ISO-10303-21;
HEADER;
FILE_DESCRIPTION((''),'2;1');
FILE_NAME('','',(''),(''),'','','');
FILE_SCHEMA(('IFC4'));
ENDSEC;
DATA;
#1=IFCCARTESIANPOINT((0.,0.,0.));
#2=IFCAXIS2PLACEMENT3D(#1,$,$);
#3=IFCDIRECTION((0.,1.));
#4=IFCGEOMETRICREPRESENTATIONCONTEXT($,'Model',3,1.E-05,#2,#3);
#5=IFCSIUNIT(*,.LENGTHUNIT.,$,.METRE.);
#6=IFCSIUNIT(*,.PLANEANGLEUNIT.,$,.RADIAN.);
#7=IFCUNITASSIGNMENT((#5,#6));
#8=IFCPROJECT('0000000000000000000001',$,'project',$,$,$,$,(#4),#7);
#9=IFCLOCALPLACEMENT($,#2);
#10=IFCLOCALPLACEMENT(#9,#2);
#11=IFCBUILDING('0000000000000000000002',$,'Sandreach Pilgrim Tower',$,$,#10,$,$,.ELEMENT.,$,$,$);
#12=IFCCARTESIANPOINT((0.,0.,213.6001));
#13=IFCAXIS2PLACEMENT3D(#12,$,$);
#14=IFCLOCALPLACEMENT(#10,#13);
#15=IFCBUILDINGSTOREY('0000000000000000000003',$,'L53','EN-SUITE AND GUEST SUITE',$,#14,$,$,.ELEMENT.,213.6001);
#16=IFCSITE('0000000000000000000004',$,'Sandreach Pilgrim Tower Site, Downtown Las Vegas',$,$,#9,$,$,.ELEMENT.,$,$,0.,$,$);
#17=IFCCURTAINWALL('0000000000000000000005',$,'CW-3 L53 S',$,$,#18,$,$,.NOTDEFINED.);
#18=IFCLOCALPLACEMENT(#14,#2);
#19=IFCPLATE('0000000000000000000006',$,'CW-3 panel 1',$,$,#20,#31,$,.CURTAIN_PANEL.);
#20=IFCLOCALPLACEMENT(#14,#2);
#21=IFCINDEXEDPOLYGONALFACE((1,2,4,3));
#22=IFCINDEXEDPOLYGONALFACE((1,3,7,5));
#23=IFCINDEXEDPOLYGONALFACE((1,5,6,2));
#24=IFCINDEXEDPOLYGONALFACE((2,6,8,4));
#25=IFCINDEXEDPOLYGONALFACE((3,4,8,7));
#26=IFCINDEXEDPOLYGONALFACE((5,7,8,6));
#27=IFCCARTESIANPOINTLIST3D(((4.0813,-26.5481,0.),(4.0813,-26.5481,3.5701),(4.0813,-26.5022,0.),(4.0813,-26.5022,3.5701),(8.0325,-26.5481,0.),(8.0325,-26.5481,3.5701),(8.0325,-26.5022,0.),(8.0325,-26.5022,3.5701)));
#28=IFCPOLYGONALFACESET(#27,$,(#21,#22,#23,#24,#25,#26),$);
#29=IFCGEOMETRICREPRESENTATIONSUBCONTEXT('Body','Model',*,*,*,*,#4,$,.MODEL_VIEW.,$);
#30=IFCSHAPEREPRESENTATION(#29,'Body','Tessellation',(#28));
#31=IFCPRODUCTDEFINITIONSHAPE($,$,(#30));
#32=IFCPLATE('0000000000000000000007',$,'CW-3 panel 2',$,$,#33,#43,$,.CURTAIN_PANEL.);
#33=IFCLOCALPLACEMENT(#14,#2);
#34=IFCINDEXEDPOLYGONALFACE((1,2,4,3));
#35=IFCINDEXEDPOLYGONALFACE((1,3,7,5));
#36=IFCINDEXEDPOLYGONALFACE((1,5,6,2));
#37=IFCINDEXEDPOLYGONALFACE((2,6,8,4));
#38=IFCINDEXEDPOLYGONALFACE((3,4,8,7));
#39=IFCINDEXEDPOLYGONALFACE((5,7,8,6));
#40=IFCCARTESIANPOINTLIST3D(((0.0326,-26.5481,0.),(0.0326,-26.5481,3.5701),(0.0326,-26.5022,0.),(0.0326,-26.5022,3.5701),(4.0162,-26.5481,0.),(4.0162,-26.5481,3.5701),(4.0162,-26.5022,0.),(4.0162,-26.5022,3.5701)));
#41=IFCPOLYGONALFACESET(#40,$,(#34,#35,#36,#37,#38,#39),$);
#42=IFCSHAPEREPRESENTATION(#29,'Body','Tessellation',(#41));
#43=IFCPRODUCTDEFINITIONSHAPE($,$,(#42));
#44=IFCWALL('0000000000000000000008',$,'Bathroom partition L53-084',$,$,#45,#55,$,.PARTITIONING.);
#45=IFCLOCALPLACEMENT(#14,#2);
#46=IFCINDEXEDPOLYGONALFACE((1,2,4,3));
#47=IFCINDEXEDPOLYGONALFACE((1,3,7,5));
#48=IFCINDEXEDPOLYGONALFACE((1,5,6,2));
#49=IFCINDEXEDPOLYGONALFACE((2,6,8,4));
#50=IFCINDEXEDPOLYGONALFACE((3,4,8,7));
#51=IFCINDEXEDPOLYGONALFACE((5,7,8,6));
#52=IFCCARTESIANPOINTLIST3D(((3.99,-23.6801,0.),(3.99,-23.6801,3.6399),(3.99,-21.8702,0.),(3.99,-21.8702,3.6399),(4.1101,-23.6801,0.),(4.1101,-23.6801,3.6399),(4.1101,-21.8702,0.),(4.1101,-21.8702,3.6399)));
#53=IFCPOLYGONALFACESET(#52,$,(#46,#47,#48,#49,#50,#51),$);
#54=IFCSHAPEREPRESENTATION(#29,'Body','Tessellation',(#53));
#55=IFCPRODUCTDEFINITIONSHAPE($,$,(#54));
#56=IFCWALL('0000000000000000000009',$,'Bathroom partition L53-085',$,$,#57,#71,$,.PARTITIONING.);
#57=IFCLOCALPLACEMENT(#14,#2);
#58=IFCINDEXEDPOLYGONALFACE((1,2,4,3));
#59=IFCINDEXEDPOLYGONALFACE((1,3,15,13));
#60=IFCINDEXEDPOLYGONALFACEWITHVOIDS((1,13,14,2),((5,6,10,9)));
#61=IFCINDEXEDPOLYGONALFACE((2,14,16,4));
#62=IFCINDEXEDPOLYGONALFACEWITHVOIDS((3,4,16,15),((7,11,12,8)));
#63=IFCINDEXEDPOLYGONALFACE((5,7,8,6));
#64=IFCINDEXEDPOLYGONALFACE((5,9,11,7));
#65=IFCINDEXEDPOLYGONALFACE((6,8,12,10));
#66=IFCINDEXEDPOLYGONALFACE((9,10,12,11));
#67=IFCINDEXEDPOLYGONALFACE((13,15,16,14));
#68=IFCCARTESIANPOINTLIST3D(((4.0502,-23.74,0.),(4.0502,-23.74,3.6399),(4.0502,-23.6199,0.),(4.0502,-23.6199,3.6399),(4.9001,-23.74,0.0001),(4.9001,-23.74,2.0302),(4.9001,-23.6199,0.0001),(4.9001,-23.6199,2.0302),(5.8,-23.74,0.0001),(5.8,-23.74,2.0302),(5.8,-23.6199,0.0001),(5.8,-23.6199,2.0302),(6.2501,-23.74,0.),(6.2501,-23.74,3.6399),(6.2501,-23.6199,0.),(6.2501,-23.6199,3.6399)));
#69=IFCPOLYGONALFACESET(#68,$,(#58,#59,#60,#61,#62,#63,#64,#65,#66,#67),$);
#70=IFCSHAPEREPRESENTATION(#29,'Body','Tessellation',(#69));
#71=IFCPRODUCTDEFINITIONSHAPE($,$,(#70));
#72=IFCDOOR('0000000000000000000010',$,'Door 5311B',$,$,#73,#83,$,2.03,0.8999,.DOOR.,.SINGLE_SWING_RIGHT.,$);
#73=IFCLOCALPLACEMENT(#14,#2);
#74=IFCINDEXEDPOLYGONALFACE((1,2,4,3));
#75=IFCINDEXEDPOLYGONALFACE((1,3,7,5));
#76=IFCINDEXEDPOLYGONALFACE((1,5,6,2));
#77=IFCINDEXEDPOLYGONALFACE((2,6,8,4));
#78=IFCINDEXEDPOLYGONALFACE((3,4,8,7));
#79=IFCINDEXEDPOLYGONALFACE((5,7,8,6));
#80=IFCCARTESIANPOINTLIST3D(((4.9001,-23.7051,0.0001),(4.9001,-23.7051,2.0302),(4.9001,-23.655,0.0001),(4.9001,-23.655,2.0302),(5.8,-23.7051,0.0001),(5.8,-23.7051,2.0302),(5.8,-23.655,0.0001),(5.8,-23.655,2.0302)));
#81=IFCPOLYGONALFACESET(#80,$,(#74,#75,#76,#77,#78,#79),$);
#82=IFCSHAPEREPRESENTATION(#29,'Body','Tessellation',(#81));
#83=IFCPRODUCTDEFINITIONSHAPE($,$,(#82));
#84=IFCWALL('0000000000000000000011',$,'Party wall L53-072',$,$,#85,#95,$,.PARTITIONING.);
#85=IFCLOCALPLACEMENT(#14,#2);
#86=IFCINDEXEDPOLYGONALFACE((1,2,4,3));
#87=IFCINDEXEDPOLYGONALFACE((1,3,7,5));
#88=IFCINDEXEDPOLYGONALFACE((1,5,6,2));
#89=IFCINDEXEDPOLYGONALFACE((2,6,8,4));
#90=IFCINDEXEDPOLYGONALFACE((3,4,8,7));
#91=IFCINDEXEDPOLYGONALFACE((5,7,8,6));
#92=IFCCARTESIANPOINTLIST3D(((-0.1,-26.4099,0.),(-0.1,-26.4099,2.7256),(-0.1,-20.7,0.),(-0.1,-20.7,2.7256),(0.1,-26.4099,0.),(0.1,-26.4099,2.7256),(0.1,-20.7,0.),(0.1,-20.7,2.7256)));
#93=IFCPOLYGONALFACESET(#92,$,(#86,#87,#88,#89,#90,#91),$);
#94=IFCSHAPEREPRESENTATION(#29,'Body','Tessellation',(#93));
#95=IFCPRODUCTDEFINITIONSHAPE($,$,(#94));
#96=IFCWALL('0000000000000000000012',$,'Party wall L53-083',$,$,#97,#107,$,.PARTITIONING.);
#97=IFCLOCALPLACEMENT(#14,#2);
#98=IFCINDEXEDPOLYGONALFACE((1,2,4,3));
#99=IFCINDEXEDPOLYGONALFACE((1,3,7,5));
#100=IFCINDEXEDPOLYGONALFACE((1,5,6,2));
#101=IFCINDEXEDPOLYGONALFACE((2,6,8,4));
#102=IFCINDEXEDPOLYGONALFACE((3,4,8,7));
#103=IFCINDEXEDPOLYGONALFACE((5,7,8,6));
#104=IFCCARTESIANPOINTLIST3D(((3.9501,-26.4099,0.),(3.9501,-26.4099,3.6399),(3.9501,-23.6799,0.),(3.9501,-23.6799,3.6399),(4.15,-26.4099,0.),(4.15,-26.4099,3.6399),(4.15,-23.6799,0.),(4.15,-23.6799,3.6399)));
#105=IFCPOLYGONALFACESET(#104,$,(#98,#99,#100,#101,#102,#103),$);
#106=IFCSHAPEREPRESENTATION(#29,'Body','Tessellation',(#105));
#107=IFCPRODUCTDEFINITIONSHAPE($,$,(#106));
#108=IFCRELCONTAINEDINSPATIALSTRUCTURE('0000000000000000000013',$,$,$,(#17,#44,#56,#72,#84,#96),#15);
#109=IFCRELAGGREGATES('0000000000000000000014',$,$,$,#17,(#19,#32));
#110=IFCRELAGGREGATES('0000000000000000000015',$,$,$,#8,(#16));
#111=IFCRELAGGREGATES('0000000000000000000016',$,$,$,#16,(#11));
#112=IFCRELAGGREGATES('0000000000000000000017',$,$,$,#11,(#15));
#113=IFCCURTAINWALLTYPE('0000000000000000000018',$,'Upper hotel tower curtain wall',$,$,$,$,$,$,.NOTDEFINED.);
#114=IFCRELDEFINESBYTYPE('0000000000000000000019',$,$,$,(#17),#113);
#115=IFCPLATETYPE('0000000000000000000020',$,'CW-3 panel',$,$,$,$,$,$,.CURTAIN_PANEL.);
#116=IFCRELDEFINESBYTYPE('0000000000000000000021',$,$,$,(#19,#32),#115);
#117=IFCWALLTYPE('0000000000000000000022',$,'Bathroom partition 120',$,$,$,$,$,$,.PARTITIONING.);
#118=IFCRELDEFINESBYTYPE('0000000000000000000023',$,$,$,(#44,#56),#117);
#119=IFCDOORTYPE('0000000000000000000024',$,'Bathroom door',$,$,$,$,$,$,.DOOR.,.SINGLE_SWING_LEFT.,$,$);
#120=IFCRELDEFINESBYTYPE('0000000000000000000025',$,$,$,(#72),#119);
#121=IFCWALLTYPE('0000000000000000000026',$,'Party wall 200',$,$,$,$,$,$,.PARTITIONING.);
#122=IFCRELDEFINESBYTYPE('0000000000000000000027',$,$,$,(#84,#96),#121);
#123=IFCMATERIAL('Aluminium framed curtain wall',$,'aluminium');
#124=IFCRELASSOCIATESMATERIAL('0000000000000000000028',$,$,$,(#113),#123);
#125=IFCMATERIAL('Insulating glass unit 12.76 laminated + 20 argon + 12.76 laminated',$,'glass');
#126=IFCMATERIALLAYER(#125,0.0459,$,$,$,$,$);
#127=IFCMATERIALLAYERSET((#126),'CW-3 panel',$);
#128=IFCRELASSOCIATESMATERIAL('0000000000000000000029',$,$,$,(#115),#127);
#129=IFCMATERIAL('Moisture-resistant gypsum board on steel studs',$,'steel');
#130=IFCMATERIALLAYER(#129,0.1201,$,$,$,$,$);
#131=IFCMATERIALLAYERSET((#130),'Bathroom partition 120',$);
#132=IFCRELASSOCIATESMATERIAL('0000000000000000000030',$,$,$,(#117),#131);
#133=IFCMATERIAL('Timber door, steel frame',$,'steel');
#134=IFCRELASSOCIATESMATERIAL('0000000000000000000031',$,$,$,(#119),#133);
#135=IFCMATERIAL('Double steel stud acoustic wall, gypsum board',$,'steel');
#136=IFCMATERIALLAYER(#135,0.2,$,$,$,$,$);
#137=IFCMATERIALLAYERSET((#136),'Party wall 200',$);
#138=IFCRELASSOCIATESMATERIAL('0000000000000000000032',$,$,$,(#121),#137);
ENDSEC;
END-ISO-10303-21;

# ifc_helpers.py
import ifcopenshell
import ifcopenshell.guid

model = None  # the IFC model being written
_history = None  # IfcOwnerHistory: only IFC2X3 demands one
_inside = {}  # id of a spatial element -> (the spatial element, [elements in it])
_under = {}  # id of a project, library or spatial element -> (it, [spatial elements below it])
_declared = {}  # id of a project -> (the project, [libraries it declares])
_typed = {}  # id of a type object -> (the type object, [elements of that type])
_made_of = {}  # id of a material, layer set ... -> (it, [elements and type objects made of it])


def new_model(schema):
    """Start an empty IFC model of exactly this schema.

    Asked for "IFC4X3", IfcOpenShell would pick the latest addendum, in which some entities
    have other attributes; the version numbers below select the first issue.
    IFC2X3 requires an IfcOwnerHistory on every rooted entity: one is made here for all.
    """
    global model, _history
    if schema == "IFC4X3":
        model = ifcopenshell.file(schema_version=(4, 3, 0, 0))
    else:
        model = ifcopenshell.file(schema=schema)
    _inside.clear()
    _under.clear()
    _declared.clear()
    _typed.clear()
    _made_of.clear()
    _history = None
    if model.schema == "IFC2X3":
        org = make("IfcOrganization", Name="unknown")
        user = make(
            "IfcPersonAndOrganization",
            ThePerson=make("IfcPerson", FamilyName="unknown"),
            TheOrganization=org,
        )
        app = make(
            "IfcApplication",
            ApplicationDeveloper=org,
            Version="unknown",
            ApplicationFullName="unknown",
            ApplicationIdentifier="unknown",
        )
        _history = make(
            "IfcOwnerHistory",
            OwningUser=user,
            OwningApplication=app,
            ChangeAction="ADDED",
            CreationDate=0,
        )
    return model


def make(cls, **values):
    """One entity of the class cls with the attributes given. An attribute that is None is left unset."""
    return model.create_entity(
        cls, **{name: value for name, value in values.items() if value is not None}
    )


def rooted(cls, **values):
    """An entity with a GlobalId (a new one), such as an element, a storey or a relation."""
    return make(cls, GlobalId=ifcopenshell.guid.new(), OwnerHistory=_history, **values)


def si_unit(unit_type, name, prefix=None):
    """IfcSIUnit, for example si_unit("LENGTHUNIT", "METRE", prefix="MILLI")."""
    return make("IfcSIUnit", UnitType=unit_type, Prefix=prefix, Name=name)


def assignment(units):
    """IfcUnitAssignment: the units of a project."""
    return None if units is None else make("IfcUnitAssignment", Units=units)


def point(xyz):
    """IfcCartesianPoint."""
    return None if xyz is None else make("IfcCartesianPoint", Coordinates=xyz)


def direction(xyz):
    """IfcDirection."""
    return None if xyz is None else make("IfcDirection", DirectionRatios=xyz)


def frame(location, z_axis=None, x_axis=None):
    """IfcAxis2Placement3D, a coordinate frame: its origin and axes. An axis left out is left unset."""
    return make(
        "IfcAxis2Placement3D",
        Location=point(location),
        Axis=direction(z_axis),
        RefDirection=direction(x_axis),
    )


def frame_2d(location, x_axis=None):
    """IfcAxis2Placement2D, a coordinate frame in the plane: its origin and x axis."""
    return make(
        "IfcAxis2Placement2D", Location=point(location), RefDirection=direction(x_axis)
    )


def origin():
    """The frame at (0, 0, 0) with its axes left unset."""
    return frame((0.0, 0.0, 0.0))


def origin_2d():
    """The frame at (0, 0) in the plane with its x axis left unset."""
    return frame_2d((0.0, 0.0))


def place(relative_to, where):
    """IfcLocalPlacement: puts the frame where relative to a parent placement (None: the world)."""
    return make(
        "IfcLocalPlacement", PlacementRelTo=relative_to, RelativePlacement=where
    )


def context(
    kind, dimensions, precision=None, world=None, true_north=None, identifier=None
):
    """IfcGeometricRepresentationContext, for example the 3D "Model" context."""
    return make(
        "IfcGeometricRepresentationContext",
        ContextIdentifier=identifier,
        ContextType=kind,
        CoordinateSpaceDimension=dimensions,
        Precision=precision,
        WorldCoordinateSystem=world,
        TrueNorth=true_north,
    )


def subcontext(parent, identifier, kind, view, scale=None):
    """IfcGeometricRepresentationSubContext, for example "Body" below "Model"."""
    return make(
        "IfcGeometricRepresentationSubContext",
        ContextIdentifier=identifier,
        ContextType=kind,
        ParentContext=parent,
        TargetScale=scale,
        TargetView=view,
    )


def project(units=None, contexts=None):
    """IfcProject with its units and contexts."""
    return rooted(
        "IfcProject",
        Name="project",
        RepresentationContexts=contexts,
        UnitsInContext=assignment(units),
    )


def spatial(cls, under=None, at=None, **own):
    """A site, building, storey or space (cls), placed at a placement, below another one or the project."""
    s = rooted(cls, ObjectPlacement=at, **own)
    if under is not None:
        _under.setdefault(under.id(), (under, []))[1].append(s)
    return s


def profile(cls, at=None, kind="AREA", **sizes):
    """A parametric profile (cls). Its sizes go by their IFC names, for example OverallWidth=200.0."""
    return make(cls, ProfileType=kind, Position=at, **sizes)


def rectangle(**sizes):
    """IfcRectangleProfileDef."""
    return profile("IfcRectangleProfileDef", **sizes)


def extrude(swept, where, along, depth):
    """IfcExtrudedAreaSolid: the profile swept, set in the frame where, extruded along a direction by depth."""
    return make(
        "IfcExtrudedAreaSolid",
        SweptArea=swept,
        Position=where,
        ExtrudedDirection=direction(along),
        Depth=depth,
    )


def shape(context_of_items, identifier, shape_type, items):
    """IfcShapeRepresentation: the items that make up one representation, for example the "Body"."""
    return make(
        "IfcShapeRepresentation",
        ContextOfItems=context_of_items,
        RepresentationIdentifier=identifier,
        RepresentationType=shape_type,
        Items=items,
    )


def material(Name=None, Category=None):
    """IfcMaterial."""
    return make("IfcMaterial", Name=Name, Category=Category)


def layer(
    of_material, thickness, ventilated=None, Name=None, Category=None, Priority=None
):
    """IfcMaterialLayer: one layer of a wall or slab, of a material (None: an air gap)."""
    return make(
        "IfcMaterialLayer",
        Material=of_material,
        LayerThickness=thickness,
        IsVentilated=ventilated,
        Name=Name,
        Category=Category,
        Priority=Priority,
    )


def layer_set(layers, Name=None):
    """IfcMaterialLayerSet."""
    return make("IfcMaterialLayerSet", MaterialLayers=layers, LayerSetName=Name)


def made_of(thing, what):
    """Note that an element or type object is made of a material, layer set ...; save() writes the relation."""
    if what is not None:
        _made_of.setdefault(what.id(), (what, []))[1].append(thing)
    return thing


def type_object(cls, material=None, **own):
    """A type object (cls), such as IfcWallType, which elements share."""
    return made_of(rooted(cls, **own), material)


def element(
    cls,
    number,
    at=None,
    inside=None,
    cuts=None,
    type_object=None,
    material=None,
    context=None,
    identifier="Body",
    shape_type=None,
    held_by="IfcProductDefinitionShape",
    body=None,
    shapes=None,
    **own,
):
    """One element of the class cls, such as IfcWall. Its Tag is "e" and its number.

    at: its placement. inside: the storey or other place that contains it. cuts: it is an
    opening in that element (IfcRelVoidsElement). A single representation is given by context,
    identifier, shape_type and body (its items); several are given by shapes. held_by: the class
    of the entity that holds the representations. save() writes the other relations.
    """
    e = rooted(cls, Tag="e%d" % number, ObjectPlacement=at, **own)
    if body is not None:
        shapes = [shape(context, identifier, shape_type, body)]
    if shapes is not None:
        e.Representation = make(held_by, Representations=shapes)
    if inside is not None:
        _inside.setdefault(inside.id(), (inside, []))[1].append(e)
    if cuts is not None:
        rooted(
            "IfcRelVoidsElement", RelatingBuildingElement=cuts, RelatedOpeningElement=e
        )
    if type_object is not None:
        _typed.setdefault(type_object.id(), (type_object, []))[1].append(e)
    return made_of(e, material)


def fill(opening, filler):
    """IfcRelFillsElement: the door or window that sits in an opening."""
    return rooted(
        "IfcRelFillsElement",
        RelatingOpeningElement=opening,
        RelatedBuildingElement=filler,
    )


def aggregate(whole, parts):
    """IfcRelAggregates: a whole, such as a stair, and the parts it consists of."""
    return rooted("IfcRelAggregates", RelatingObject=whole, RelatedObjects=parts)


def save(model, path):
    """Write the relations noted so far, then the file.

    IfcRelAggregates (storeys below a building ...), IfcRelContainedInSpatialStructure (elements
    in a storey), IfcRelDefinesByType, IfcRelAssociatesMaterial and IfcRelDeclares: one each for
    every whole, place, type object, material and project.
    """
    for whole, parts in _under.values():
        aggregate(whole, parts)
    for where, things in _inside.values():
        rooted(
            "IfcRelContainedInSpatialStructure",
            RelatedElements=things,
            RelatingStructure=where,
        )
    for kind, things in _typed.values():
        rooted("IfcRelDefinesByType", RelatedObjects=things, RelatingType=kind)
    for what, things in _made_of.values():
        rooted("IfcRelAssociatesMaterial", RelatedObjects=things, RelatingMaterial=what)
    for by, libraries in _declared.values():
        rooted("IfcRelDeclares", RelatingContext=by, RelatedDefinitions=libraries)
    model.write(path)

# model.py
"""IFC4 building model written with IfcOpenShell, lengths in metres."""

from ifc_helpers import new_model, si_unit, direction, frame, frame_2d, origin, origin_2d, place, context, subcontext, project, spatial, rectangle, extrude, material, layer, layer_set, type_object, element, fill, aggregate, save


model = new_model("IFC4")

# Units and contexts
model_context = context("Model", 3, precision=1e-05, world=origin(), true_north=direction((0.0, 1.0)))
body_context = subcontext(model_context, "Body", "Model", "MODEL_VIEW")
ifc_project = project(units=[si_unit("LENGTHUNIT", "METRE"), si_unit("PLANEANGLEUNIT", "RADIAN")], contexts=[model_context])

# Site, building, storey
site_placement = place(None, origin())
site = spatial("IfcSite", under=ifc_project, at=site_placement, Name="Sandreach Pilgrim Tower Site, Downtown Las Vegas", CompositionType="ELEMENT", RefElevation=0.0)
building_placement = place(site_placement, origin())
building = spatial("IfcBuilding", under=site, at=building_placement, Name="Sandreach Pilgrim Tower", CompositionType="ELEMENT")
storey_placement = place(building_placement, frame((0.0, 0.0, 213.6001)))
storey = spatial("IfcBuildingStorey", under=building, at=storey_placement, Name="L53", Description="EN-SUITE AND GUEST SUITE", CompositionType="ELEMENT", Elevation=213.6001)

# Curtain wall
ifc_material_1 = material(Name="Aluminium framed curtain wall", Category="aluminium")
curtain_wall_type = type_object("IfcCurtainWallType", Name="Upper hotel tower curtain wall", PredefinedType="NOTDEFINED", material=ifc_material_1)
curtain_wall_placement = place(storey_placement, origin())
curtain_wall = element("IfcCurtainWall", 1, at=curtain_wall_placement, inside=storey, type_object=curtain_wall_type, Name="CW-3 L53 S", PredefinedType="NOTDEFINED")

# Plates
ifc_material_2 = material(Name="Insulating glass unit 12.76 laminated + 20 argon + 12.76 laminated", Category="glass")
ifc_layer_1 = layer(ifc_material_2, 0.0459)
ifc_layer_set_1 = layer_set([ifc_layer_1], Name="CW-3 panel")
plate_type = type_object("IfcPlateType", Name="CW-3 panel", PredefinedType="CURTAIN_PANEL", material=ifc_layer_set_1)
plate_1_placement = place(storey_placement, frame((6.0569, -26.5251, 0.0), z_axis=(0.0, 0.0, 1.0), x_axis=(-1.0, 0.0, 0.0)))
plate_1 = element("IfcPlate", 2, at=plate_1_placement, type_object=plate_type, Name="CW-3 panel 1", PredefinedType="CURTAIN_PANEL", context=body_context, shape_type="SweptSolid", body=[
    extrude(rectangle(XDim=3.9512, YDim=0.0459, at=origin_2d()), origin(), (0.0, 0.0, 1.0), 3.5701),
])
plate_2_placement = place(storey_placement, frame((2.0244, -26.5251, 0.0), z_axis=(0.0, 0.0, 1.0), x_axis=(-1.0, 0.0, 0.0)))
plate_2 = element("IfcPlate", 3, at=plate_2_placement, type_object=plate_type, Name="CW-3 panel 2", PredefinedType="CURTAIN_PANEL", context=body_context, shape_type="SweptSolid", body=[
    extrude(rectangle(XDim=3.9836, YDim=0.0459, at=origin_2d()), origin(), (0.0, 0.0, 1.0), 3.5701),
])
aggregate(curtain_wall, [plate_1, plate_2])

# Wall
ifc_material_3 = material(Name="Moisture-resistant gypsum board on steel studs", Category="steel")
ifc_layer_2 = layer(ifc_material_3, 0.1201)
ifc_layer_set_2 = layer_set([ifc_layer_2], Name="Bathroom partition 120")
wall_type_1 = type_object("IfcWallType", Name="Bathroom partition 120", PredefinedType="PARTITIONING", material=ifc_layer_set_2)
wall_1_placement = place(storey_placement, frame((4.05, -23.6799, 0.0), z_axis=(0.0, 0.0, 1.0), x_axis=(0.0, 1.0, 0.0)))
element("IfcWall", 4, at=wall_1_placement, inside=storey, type_object=wall_type_1, Name="Bathroom partition L53-084", PredefinedType="PARTITIONING", context=body_context, shape_type="SweptSolid", body=[
    extrude(rectangle(XDim=1.8098, YDim=0.1201, at=frame_2d((0.9048, 0.0))), origin(), (0.0, 0.0, 1.0), 3.6399),
])

# Wall, opening, door
wall_2_placement = place(storey_placement, frame((4.05, -23.6799, 0.0), z_axis=(0.0, 0.0, 1.0), x_axis=(1.0, 0.0, 0.0)))
wall_2 = element("IfcWall", 5, at=wall_2_placement, inside=storey, type_object=wall_type_1, Name="Bathroom partition L53-085", PredefinedType="PARTITIONING", context=body_context, shape_type="SweptSolid", body=[
    extrude(rectangle(XDim=2.2, YDim=0.1201, at=frame_2d((1.1001, 0.0))), origin(), (0.0, 0.0, 1.0), 3.6399),
])
opening_placement = place(wall_2_placement, frame((0.8501, 0.0, 0.0)))
opening = element("IfcOpeningElement", 6, at=opening_placement, cuts=wall_2, PredefinedType="OPENING", context=body_context, shape_type="SweptSolid", body=[
    extrude(rectangle(XDim=0.8999, YDim=2.03, at=frame_2d((0.45, 1.0151))), frame((0.0, 0.0601, 0.0), z_axis=(0.0, -1.0, 0.0), x_axis=(1.0, 0.0, 0.0)), (0.0, 0.0, 1.0), 0.1201),
])
ifc_material_4 = material(Name="Timber door, steel frame", Category="steel")
door_type = type_object("IfcDoorType", Name="Bathroom door", OperationType="SINGLE_SWING_LEFT", PredefinedType="DOOR", material=ifc_material_4)
door_placement = place(opening_placement, origin())
door = element("IfcDoor", 7, at=door_placement, inside=storey, type_object=door_type, Name="Door 5311B", OperationType="SINGLE_SWING_RIGHT", OverallHeight=2.03, OverallWidth=0.8999, PredefinedType="DOOR", context=body_context, shape_type="SweptSolid", body=[
    extrude(rectangle(XDim=0.8999, YDim=2.03, at=frame_2d((0.45, 1.0151))), frame((0.0, 0.0249, 0.0), z_axis=(0.0, -1.0, 0.0), x_axis=(1.0, 0.0, 0.0)), (0.0, 0.0, 1.0), 0.05),
])
fill(opening, door)

# Walls
ifc_material_5 = material(Name="Double steel stud acoustic wall, gypsum board", Category="steel")
ifc_layer_3 = layer(ifc_material_5, 0.2)
ifc_layer_set_3 = layer_set([ifc_layer_3], Name="Party wall 200")
wall_type_2 = type_object("IfcWallType", Name="Party wall 200", PredefinedType="PARTITIONING", material=ifc_layer_set_3)
wall_3_placement = place(storey_placement, frame((0.0, -26.4099, 0.0), z_axis=(0.0, 0.0, 1.0), x_axis=(0.0, 1.0, 0.0)))
element("IfcWall", 8, at=wall_3_placement, inside=storey, type_object=wall_type_2, Name="Party wall L53-072", PredefinedType="PARTITIONING", context=body_context, shape_type="SweptSolid", body=[
    extrude(rectangle(XDim=5.71, YDim=0.2, at=frame_2d((2.855, 0.0))), origin(), (0.0, 0.0, 1.0), 2.7256),
])
wall_4_placement = place(storey_placement, frame((4.05, -26.4099, 0.0), z_axis=(0.0, 0.0, 1.0), x_axis=(0.0, 1.0, 0.0)))
element("IfcWall", 9, at=wall_4_placement, inside=storey, type_object=wall_type_2, Name="Party wall L53-083", PredefinedType="PARTITIONING", context=body_context, shape_type="SweptSolid", body=[
    extrude(rectangle(XDim=2.73, YDim=0.2, at=frame_2d((1.365, 0.0))), origin(), (0.0, 0.0, 1.0), 3.6399),
])

save(model, "model.ifc")
